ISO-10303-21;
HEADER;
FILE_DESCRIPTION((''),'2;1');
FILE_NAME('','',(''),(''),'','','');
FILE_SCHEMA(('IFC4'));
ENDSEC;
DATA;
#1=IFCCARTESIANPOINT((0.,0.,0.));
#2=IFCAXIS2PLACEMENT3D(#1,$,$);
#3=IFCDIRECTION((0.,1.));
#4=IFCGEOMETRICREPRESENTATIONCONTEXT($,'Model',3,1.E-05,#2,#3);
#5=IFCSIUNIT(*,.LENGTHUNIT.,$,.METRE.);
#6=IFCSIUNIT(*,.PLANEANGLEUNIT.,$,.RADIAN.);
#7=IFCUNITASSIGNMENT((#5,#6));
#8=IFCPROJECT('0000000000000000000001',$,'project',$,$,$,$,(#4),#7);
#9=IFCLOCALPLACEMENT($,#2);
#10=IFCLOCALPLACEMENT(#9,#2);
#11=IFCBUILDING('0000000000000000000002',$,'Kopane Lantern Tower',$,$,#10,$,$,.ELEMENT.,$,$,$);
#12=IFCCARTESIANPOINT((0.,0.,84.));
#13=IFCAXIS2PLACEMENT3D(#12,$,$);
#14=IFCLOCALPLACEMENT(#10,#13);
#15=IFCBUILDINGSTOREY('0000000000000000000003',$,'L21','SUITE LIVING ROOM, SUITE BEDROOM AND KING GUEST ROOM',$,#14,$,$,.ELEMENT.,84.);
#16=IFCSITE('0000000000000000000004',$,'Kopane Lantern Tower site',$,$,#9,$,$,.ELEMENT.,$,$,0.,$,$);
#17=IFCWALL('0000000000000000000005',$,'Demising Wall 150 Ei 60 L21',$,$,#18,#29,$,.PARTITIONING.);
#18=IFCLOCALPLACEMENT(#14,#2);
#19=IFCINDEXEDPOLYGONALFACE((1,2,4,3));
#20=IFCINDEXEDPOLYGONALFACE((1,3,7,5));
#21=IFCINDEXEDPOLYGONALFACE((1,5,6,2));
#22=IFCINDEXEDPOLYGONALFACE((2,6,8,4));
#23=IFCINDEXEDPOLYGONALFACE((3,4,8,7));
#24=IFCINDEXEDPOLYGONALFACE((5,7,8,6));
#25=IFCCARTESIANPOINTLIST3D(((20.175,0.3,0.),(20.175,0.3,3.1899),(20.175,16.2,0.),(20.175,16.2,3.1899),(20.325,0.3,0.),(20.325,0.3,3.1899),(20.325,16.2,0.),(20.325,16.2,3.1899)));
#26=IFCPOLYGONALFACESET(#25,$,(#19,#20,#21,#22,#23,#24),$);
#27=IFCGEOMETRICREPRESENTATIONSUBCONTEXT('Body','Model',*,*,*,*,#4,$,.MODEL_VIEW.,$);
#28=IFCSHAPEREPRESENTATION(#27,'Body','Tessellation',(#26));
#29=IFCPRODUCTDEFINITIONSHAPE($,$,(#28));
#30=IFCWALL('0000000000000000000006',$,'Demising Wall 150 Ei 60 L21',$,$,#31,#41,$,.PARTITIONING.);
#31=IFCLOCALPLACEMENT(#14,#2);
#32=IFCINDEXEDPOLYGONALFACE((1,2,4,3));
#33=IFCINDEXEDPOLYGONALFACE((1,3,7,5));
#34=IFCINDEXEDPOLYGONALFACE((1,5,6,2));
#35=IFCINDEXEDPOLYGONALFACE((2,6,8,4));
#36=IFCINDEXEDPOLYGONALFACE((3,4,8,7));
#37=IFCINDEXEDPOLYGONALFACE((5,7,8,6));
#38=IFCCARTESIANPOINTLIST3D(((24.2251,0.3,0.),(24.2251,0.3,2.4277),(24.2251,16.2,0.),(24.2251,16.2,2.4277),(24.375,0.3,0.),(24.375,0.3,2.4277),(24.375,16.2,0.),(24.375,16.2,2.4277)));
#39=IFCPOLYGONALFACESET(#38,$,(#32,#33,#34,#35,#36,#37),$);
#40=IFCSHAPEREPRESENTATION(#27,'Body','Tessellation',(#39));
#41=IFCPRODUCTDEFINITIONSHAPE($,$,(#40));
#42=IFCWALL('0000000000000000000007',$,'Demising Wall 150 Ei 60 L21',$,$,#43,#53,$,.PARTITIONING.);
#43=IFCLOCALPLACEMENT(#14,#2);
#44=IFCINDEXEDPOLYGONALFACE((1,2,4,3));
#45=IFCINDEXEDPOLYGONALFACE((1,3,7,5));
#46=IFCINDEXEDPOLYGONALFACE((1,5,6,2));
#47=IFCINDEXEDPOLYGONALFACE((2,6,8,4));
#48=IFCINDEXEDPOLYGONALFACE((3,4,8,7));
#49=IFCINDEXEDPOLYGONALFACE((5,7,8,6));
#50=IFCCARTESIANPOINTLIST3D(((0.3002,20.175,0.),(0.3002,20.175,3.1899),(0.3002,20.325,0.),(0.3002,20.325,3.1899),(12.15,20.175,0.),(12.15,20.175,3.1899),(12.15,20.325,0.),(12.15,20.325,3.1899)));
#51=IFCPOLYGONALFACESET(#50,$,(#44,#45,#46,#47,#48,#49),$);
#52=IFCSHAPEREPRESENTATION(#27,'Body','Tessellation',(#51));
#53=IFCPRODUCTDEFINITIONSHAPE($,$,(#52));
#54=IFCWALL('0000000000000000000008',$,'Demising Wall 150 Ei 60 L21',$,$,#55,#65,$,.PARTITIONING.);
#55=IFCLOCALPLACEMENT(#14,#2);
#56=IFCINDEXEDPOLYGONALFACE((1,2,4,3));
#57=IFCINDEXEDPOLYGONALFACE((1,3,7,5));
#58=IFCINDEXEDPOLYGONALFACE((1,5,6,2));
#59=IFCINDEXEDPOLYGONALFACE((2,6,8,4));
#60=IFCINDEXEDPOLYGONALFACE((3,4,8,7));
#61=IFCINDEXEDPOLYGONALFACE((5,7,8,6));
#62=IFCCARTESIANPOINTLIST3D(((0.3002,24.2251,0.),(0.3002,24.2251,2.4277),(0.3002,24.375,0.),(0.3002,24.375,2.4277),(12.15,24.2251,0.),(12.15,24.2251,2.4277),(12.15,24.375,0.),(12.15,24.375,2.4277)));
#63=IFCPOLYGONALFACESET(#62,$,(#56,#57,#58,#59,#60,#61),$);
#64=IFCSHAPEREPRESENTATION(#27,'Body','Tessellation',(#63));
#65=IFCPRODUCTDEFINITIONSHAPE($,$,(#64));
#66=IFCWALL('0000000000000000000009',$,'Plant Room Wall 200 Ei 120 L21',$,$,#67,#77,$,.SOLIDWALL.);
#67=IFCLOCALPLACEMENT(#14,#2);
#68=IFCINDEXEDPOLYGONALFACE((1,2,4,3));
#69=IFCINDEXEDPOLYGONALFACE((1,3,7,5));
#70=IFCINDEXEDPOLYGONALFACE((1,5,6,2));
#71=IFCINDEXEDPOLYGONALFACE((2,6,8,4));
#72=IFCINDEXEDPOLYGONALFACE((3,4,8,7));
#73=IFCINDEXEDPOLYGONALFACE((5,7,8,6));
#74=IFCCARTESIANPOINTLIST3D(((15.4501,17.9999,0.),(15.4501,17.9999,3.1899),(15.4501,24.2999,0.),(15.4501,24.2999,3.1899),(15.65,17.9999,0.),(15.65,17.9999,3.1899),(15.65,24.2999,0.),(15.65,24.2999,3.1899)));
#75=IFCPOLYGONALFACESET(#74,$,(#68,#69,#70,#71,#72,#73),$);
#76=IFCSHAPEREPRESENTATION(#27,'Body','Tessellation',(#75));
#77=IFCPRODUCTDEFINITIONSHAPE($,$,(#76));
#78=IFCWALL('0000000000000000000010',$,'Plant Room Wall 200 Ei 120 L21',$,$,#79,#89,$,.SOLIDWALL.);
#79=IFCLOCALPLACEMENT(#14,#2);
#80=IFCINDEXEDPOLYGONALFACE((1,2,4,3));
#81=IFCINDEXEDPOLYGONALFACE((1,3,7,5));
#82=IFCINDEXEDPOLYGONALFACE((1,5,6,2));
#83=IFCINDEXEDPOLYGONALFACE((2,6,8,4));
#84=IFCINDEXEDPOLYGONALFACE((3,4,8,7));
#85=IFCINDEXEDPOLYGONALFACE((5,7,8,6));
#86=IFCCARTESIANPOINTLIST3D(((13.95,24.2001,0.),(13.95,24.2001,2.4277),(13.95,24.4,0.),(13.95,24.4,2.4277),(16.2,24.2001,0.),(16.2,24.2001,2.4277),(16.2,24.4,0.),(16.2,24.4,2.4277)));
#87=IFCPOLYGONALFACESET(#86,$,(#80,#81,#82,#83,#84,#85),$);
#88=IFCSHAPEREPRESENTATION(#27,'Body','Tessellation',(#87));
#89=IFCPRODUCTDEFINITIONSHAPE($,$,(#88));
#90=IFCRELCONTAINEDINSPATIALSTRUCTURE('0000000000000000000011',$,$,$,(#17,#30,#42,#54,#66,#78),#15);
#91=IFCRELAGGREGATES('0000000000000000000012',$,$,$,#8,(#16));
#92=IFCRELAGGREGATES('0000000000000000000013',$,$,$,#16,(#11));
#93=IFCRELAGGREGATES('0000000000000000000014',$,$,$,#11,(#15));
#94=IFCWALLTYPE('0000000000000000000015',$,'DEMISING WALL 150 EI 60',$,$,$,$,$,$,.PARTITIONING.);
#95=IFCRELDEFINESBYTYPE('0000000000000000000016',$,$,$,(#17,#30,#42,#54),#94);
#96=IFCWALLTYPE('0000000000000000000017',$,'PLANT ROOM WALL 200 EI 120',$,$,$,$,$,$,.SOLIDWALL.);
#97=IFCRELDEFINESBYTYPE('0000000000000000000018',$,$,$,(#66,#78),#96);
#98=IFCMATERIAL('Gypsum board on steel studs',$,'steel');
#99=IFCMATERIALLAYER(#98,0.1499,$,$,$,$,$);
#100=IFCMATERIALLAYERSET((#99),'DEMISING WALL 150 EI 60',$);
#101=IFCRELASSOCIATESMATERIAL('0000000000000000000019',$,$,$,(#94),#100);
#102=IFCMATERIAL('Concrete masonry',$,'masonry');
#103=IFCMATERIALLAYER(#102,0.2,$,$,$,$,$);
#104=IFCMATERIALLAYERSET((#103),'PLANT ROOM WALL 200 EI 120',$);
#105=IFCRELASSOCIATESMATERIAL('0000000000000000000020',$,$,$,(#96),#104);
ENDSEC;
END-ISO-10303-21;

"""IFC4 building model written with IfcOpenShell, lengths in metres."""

from ifc_helpers import new_model, si_unit, direction, frame, frame_2d, origin, place, context, subcontext, project, spatial, rectangle, extrude, material, layer, layer_set, type_object, element, save


model = new_model("IFC4")

# Units and contexts
model_context = context("Model", 3, precision=1e-05, world=origin(), true_north=direction((0.0, 1.0)))
body_context = subcontext(model_context, "Body", "Model", "MODEL_VIEW")
ifc_project = project(units=[si_unit("LENGTHUNIT", "METRE"), si_unit("PLANEANGLEUNIT", "RADIAN")], contexts=[model_context])

# Site, building, storey
site_placement = place(None, origin())
site = spatial("IfcSite", under=ifc_project, at=site_placement, Name="Kopane Lantern Tower site", CompositionType="ELEMENT", RefElevation=0.0)
building_placement = place(site_placement, origin())
building = spatial("IfcBuilding", under=site, at=building_placement, Name="Kopane Lantern Tower", CompositionType="ELEMENT")
storey_placement = place(building_placement, frame((0.0, 0.0, 84.0)))
storey = spatial("IfcBuildingStorey", under=building, at=storey_placement, Name="L21", Description="SUITE LIVING ROOM, SUITE BEDROOM AND KING GUEST ROOM", CompositionType="ELEMENT", Elevation=84.0)

# Walls
ifc_material_1 = material(Name="Gypsum board on steel studs", Category="steel")
ifc_layer_1 = layer(ifc_material_1, 0.1499)
ifc_layer_set_1 = layer_set([ifc_layer_1], Name="DEMISING WALL 150 EI 60")
wall_type_1 = type_object("IfcWallType", Name="DEMISING WALL 150 EI 60", PredefinedType="PARTITIONING", material=ifc_layer_set_1)
wall_1_placement = place(storey_placement, frame((20.25, 16.2, 0.0), z_axis=(0.0, 0.0, 1.0), x_axis=(0.0, -1.0, 0.0)))
element("IfcWall", 1, at=wall_1_placement, inside=storey, type_object=wall_type_1, Name="Demising Wall 150 Ei 60 L21", PredefinedType="PARTITIONING", context=body_context, shape_type="SweptSolid", body=[
    extrude(rectangle(XDim=15.8999, YDim=0.1499, at=frame_2d((7.95, 0.0))), origin(), (0.0, 0.0, 1.0), 3.1899),
])
wall_2_placement = place(storey_placement, frame((24.3, 16.2, 0.0), z_axis=(0.0, 0.0, 1.0), x_axis=(0.0, -1.0, 0.0)))
element("IfcWall", 2, at=wall_2_placement, inside=storey, type_object=wall_type_1, Name="Demising Wall 150 Ei 60 L21", PredefinedType="PARTITIONING", context=body_context, shape_type="SweptSolid", body=[
    extrude(rectangle(XDim=15.8999, YDim=0.1499, at=frame_2d((7.95, 0.0))), origin(), (0.0, 0.0, 1.0), 2.4277),
])
wall_3_placement = place(storey_placement, frame((12.1499, 20.25, 0.0), z_axis=(0.0, 0.0, 1.0), x_axis=(-1.0, 0.0, 0.0)))
element("IfcWall", 3, at=wall_3_placement, inside=storey, type_object=wall_type_1, Name="Demising Wall 150 Ei 60 L21", PredefinedType="PARTITIONING", context=body_context, shape_type="SweptSolid", body=[
    extrude(rectangle(XDim=11.8499, YDim=0.1499, at=frame_2d((5.9248, 0.0))), origin(), (0.0, 0.0, 1.0), 3.1899),
])
wall_4_placement = place(storey_placement, frame((12.1499, 24.3, 0.0), z_axis=(0.0, 0.0, 1.0), x_axis=(-1.0, 0.0, 0.0)))
element("IfcWall", 4, at=wall_4_placement, inside=storey, type_object=wall_type_1, Name="Demising Wall 150 Ei 60 L21", PredefinedType="PARTITIONING", context=body_context, shape_type="SweptSolid", body=[
    extrude(rectangle(XDim=11.8499, YDim=0.1499, at=frame_2d((5.9248, 0.0))), origin(), (0.0, 0.0, 1.0), 2.4277),
])
ifc_material_2 = material(Name="Concrete masonry", Category="masonry")
ifc_layer_2 = layer(ifc_material_2, 0.2)
ifc_layer_set_2 = layer_set([ifc_layer_2], Name="PLANT ROOM WALL 200 EI 120")
wall_type_2 = type_object("IfcWallType", Name="PLANT ROOM WALL 200 EI 120", PredefinedType="SOLIDWALL", material=ifc_layer_set_2)
wall_5_placement = place(storey_placement, frame((15.55, 18.0, 0.0), z_axis=(0.0, 0.0, 1.0), x_axis=(0.0, 1.0, 0.0)))
element("IfcWall", 5, at=wall_5_placement, inside=storey, type_object=wall_type_2, Name="Plant Room Wall 200 Ei 120 L21", PredefinedType="SOLIDWALL", context=body_context, shape_type="SweptSolid", body=[
    extrude(rectangle(XDim=6.3, YDim=0.2, at=frame_2d((3.1499, 0.0))), origin(), (0.0, 0.0, 1.0), 3.1899),
])
wall_6_placement = place(storey_placement, frame((13.95, 24.3, 0.0), z_axis=(0.0, 0.0, 1.0), x_axis=(1.0, 0.0, 0.0)))
element("IfcWall", 6, at=wall_6_placement, inside=storey, type_object=wall_type_2, Name="Plant Room Wall 200 Ei 120 L21", PredefinedType="SOLIDWALL", context=body_context, shape_type="SweptSolid", body=[
    extrude(rectangle(XDim=2.25, YDim=0.2, at=frame_2d((1.125, 0.0))), origin(), (0.0, 0.0, 1.0), 2.4277),
])

save(model, "model.ifc")
